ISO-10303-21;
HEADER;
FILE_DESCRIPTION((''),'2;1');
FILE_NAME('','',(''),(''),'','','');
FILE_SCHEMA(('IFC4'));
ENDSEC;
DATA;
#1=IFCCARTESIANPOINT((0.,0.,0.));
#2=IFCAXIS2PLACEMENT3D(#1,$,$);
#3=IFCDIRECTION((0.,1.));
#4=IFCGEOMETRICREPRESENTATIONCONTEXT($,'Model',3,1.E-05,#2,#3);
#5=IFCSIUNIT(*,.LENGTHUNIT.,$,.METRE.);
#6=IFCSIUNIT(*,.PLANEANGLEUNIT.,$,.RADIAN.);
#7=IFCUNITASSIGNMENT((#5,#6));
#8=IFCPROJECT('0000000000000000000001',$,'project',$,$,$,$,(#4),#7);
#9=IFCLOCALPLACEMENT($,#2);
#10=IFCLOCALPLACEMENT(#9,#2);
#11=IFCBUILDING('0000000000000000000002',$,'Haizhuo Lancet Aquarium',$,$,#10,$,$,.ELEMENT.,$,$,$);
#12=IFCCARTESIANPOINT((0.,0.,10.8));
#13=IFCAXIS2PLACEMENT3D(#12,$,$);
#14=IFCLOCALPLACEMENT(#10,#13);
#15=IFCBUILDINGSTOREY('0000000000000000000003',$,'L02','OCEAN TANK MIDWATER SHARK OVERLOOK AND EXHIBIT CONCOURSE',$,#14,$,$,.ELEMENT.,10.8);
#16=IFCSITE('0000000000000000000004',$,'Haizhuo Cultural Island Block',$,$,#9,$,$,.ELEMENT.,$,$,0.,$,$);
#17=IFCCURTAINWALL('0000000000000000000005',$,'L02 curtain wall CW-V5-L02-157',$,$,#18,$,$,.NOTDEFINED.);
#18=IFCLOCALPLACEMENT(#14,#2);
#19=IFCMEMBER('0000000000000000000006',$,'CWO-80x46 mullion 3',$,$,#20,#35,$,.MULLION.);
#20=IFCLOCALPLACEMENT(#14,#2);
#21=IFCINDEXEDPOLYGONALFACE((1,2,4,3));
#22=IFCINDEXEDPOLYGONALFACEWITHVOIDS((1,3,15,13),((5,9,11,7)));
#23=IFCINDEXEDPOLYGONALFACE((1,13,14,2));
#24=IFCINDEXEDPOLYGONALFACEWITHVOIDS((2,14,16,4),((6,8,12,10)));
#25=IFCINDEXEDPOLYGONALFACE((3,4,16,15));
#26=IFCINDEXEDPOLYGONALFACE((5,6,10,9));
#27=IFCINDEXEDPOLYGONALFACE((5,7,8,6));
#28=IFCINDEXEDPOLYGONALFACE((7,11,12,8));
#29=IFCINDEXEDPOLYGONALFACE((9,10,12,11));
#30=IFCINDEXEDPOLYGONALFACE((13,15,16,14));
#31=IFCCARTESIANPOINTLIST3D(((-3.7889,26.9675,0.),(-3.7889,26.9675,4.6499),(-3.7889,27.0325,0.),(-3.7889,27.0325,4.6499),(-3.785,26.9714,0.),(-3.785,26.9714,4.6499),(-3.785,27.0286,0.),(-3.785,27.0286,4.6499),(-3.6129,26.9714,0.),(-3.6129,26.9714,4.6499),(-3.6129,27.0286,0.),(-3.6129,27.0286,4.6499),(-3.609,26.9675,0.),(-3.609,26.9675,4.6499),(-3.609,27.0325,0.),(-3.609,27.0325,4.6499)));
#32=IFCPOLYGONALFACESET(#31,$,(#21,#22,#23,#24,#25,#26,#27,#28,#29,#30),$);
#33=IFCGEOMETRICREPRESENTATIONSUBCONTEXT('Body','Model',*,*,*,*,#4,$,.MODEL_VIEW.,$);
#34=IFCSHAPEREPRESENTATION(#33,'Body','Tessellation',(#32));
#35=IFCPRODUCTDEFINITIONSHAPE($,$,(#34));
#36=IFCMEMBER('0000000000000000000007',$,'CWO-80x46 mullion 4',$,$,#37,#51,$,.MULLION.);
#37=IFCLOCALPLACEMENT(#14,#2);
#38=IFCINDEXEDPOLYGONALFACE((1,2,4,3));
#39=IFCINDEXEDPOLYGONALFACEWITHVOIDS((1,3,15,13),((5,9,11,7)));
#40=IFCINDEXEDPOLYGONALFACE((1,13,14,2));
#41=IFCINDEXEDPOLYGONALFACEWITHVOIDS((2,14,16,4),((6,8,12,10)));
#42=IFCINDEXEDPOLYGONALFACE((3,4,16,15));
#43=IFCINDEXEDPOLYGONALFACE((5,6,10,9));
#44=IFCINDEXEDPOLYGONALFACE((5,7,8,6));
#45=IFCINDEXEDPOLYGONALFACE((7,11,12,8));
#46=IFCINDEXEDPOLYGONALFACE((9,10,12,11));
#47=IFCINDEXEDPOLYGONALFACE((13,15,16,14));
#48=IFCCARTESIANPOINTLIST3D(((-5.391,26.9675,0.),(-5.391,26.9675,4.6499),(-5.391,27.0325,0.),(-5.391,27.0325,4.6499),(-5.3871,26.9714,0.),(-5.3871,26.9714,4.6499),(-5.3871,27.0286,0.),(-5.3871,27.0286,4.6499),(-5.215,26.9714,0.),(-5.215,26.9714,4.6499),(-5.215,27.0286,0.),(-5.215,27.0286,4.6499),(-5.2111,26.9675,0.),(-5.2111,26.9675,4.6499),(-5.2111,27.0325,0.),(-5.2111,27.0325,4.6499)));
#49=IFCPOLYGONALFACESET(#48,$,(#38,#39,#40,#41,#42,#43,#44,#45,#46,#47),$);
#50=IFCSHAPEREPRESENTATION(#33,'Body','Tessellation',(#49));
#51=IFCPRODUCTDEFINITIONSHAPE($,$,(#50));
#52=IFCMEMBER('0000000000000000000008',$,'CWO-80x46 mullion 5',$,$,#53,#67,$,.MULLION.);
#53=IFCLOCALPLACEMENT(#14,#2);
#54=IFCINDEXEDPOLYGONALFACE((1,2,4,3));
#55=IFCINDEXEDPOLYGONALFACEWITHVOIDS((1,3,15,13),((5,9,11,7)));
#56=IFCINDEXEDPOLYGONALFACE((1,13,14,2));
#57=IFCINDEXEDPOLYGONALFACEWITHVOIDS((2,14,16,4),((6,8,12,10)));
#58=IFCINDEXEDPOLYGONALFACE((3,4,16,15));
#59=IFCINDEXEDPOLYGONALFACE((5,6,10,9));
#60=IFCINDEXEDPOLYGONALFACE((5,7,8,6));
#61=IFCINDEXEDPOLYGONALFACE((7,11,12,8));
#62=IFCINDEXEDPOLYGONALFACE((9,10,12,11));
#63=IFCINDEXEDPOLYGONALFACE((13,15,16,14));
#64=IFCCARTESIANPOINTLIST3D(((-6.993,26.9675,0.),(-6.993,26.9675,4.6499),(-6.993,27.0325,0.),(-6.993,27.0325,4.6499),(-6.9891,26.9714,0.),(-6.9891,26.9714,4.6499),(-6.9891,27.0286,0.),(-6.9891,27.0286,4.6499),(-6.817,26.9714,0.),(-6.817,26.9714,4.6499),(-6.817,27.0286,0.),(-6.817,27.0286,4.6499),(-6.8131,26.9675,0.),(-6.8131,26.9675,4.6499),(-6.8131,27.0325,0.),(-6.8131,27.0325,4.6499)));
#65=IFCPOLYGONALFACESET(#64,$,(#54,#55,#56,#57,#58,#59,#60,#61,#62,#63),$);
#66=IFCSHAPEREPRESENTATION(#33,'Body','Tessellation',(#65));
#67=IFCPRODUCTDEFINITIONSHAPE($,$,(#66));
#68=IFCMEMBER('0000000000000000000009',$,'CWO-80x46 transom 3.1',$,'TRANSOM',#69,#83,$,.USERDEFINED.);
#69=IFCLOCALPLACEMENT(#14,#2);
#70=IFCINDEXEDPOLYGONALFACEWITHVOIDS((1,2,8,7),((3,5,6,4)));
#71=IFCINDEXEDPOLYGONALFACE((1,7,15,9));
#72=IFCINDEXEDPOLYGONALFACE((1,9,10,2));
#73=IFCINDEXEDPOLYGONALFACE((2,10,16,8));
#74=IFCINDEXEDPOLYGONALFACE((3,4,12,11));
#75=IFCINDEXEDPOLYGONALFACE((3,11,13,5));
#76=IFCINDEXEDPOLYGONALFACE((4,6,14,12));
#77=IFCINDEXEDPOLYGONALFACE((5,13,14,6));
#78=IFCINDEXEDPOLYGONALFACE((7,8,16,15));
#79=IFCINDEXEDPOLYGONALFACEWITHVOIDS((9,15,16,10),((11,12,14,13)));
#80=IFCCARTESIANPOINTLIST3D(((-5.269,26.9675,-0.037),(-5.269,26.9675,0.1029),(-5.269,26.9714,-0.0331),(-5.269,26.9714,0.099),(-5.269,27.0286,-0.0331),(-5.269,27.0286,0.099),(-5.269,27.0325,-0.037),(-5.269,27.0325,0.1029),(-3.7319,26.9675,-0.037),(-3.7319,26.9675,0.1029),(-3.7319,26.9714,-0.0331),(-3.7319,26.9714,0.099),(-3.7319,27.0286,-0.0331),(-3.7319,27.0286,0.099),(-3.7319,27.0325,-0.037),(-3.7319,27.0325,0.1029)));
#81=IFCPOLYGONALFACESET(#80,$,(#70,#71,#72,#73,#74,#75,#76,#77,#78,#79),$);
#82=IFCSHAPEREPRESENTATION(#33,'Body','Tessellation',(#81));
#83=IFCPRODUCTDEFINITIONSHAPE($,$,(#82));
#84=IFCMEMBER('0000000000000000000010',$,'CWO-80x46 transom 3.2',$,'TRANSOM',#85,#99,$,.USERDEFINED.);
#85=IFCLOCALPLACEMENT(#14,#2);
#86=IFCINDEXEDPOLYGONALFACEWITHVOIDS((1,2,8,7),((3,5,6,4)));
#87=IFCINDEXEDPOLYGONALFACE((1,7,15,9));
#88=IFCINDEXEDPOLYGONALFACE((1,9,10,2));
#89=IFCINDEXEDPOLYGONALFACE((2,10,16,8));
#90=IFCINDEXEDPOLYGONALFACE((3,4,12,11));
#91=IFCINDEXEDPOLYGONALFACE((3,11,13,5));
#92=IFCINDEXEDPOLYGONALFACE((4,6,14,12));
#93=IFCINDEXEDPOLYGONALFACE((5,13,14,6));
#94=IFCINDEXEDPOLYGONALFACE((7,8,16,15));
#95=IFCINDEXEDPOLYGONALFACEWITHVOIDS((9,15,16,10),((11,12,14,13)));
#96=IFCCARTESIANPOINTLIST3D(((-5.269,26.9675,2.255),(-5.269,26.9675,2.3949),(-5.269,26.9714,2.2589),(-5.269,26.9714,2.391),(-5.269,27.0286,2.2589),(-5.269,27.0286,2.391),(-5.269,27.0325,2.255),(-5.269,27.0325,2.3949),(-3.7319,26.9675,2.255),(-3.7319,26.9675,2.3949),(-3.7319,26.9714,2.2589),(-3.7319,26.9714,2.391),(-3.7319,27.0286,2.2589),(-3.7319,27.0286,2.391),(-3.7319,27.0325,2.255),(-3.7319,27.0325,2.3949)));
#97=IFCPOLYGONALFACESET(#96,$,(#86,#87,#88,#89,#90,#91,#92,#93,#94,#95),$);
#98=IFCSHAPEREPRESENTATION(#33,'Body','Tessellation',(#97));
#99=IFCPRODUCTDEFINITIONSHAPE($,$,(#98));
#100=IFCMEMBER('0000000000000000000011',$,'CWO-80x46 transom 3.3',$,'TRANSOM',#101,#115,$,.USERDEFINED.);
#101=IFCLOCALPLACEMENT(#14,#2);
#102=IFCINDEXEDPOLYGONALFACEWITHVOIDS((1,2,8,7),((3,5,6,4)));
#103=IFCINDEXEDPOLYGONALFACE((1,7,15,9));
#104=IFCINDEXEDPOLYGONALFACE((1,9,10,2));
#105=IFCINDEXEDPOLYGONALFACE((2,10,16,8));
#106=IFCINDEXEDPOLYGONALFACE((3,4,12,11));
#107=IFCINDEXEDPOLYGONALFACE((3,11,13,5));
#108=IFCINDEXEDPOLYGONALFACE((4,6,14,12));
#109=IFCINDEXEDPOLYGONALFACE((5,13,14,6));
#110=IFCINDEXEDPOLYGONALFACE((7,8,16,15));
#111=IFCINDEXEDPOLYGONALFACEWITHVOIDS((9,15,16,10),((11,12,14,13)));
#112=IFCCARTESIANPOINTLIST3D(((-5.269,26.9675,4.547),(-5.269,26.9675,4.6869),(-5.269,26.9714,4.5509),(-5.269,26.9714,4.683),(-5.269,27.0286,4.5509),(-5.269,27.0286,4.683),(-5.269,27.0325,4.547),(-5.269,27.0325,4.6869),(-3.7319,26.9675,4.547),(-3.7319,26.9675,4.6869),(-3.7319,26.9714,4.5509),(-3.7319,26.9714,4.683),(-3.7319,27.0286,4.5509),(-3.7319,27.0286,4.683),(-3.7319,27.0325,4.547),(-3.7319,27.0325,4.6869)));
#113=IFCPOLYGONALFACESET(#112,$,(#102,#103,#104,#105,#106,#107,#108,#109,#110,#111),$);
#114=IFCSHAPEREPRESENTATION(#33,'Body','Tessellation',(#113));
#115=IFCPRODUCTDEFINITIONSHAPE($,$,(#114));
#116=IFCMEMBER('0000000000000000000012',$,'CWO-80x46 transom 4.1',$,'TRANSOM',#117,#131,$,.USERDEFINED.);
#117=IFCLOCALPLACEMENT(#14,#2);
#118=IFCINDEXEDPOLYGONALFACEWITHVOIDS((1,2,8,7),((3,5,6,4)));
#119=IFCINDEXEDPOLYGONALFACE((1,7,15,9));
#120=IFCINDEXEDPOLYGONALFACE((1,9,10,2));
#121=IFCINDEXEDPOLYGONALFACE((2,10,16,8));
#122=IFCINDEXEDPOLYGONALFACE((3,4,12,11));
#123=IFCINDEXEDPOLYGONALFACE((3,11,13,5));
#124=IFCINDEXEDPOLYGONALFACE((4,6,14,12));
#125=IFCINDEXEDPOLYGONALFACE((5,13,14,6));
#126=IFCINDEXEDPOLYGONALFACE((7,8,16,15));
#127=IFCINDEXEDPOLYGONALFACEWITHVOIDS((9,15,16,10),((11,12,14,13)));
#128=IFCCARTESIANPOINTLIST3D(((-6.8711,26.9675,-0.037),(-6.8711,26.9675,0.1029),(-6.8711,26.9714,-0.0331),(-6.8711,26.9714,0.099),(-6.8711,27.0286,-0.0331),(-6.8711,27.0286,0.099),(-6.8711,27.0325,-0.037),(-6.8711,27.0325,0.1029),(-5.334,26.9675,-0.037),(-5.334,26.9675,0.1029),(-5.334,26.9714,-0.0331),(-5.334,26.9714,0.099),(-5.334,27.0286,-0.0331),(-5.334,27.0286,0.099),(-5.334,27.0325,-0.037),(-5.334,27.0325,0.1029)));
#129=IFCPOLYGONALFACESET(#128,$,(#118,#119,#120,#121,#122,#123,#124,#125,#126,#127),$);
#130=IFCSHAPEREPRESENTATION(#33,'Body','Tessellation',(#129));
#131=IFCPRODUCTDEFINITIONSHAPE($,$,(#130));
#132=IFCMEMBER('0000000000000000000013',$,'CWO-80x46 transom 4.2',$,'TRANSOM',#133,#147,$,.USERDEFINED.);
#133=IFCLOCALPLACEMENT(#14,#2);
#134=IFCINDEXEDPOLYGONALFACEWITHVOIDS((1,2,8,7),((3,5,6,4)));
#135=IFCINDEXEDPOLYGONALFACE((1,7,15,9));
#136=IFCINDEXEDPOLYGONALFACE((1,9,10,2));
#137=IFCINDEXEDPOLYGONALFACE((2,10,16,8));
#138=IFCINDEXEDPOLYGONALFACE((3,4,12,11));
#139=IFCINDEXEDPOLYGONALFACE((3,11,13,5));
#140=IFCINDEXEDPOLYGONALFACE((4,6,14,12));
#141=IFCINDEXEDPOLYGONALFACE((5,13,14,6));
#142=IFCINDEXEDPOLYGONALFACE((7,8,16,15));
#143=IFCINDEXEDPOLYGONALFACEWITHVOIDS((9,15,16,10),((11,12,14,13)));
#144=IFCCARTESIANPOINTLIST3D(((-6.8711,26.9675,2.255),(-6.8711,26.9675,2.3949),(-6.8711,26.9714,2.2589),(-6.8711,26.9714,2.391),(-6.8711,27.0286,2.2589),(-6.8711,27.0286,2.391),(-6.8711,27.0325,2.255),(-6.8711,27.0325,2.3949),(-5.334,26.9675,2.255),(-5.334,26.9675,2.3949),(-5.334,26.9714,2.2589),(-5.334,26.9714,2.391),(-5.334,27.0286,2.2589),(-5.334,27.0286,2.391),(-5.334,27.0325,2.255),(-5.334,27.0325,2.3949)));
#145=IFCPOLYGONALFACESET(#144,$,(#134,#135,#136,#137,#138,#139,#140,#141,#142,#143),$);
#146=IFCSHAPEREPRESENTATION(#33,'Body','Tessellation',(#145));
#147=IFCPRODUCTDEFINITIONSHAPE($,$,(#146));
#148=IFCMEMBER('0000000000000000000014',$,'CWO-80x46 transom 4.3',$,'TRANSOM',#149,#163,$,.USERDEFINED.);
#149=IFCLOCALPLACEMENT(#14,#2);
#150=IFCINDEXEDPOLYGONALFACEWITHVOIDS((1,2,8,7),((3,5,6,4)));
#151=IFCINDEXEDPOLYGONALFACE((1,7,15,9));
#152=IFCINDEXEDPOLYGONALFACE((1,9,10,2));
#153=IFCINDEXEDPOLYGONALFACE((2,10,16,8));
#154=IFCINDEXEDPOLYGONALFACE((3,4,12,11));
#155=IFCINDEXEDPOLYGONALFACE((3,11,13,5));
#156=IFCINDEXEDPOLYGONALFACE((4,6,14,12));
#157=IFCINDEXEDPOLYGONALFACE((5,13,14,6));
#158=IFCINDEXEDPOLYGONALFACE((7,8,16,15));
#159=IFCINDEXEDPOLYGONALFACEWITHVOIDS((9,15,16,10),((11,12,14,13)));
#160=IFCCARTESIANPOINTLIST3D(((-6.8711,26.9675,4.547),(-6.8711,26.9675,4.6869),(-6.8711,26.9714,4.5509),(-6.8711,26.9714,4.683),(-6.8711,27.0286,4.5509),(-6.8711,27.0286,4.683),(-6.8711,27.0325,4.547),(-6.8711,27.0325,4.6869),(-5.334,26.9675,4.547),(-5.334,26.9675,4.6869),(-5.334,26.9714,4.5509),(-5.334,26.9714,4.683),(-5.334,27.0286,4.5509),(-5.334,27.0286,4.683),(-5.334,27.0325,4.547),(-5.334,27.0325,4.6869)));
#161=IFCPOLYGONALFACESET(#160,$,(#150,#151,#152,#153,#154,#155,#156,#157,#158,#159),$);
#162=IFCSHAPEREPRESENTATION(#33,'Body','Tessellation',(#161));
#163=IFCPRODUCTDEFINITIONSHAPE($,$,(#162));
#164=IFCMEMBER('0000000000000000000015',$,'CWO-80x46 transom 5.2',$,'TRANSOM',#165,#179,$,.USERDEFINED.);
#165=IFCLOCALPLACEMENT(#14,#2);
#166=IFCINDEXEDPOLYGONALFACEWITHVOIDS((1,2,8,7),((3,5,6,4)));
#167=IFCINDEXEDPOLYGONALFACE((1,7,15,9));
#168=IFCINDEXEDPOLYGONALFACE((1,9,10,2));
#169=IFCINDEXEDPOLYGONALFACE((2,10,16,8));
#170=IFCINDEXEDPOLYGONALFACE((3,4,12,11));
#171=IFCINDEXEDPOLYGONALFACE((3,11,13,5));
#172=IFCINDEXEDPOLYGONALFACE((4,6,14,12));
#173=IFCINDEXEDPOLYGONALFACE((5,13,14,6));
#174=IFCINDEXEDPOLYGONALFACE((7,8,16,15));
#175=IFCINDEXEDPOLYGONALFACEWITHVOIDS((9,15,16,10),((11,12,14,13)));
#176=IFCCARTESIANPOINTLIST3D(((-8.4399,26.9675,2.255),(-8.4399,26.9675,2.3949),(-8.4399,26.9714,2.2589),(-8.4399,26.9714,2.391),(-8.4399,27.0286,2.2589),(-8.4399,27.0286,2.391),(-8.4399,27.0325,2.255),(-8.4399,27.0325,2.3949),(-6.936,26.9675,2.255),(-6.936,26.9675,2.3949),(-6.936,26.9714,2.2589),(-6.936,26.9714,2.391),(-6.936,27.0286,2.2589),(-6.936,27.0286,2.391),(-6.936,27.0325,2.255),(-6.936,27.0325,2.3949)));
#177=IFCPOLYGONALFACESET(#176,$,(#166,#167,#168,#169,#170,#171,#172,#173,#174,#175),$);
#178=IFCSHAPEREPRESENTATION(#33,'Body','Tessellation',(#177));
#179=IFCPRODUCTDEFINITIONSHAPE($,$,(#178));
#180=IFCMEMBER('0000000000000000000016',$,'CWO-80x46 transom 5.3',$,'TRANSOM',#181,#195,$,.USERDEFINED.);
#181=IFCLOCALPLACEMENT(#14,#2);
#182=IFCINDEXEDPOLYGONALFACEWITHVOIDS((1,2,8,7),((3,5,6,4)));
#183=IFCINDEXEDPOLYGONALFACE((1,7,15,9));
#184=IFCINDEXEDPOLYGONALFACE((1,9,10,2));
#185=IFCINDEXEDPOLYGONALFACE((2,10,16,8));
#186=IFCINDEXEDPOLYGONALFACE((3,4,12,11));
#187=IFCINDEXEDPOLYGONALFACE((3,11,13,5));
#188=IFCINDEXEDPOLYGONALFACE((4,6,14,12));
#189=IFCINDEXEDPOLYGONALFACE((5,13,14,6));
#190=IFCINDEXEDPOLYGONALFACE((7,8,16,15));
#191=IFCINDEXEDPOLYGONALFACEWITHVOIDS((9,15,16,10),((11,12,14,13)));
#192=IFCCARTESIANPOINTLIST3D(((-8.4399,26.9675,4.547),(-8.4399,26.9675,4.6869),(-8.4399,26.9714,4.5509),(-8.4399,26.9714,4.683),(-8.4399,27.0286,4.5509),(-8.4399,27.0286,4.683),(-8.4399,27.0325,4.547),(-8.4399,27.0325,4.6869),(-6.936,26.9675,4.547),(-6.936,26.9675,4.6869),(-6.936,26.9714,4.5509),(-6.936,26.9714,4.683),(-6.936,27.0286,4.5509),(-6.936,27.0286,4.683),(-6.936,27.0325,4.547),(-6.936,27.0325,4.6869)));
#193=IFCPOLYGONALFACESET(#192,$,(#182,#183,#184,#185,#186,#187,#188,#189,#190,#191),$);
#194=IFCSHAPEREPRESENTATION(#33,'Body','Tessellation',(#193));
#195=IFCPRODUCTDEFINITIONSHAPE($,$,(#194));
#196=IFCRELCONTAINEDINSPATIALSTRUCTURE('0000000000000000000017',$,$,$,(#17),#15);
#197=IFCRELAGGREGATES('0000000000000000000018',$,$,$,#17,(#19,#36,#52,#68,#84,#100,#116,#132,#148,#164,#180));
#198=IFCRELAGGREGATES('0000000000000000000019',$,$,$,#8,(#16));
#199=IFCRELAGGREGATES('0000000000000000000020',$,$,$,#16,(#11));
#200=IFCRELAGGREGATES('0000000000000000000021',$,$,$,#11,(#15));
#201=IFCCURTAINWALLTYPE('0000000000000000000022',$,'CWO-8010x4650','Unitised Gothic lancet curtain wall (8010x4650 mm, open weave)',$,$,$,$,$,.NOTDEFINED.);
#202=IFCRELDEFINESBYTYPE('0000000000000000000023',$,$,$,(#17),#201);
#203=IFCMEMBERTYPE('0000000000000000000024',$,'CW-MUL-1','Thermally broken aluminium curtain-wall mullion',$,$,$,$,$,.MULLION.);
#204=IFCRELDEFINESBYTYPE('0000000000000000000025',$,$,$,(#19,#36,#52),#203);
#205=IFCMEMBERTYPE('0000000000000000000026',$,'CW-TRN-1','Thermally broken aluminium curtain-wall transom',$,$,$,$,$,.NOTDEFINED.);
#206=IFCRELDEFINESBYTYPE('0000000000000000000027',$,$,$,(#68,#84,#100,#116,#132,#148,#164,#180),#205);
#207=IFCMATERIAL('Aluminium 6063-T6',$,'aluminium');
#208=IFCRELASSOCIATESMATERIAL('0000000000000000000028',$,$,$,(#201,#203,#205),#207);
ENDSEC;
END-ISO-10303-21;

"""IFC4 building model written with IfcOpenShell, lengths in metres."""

from ifc_helpers import new_model, si_unit, direction, frame, origin, origin_2d, place, context, subcontext, project, spatial, hollow_rectangle, extrude, material, material_profile, profile_set, type_object, element, aggregate, save


model = new_model("IFC4")

# Units and contexts
model_context = context("Model", 3, precision=1e-05, world=origin(), true_north=direction((0.0, 1.0)))
body_context = subcontext(model_context, "Body", "Model", "MODEL_VIEW")
ifc_project = project(units=[si_unit("LENGTHUNIT", "METRE"), si_unit("PLANEANGLEUNIT", "RADIAN")], contexts=[model_context])

# Site, building, storey
site_placement = place(None, origin())
site = spatial("IfcSite", under=ifc_project, at=site_placement, Name="Haizhuo Cultural Island Block", CompositionType="ELEMENT", RefElevation=0.0)
building_placement = place(site_placement, origin())
building = spatial("IfcBuilding", under=site, at=building_placement, Name="Haizhuo Lancet Aquarium", CompositionType="ELEMENT")
storey_placement = place(building_placement, frame((0.0, 0.0, 10.8)))
storey = spatial("IfcBuildingStorey", under=building, at=storey_placement, Name="L02", Description="OCEAN TANK MIDWATER SHARK OVERLOOK AND EXHIBIT CONCOURSE", CompositionType="ELEMENT", Elevation=10.8)

# Curtain wall, members
ifc_material_1 = material(Name="Aluminium 6063-T6", Category="aluminium")
curtain_wall_type = type_object("IfcCurtainWallType", Name="CWO-8010x4650", Description="Unitised Gothic lancet curtain wall (8010x4650 mm, open weave)", PredefinedType="NOTDEFINED", material=ifc_material_1)
curtain_wall_placement = place(storey_placement, origin())
curtain_wall = element("IfcCurtainWall", 1, at=curtain_wall_placement, inside=storey, type_object=curtain_wall_type, Name="L02 curtain wall CW-V5-L02-157", PredefinedType="NOTDEFINED")
ifc_material_profile_1 = material_profile(ifc_material_1, hollow_rectangle(XDim=0.0649, YDim=0.1799, WallThickness=0.0039, at=origin_2d()), Name="ALU-M 65x180x4")
ifc_profile_set_1 = profile_set([ifc_material_profile_1], Name="Aluminium 6063-T6")
member_type_1 = type_object("IfcMemberType", Name="CW-MUL-1", Description="Thermally broken aluminium curtain-wall mullion", PredefinedType="MULLION", material=ifc_profile_set_1)
member_1_placement = place(storey_placement, frame((-3.699, 27.0, 0.0), z_axis=(0.0, 0.0, 1.0), x_axis=(0.0, -1.0, 0.0)))
member_1 = element("IfcMember", 2, at=member_1_placement, type_object=member_type_1, Name="CWO-80x46 mullion 3", PredefinedType="MULLION", context=body_context, shape_type="SweptSolid", body=[
    extrude(hollow_rectangle(XDim=0.0649, YDim=0.1799, WallThickness=0.0039, at=origin_2d()), origin(), (0.0, 0.0, 1.0), 4.6499),
])
member_2_placement = place(storey_placement, frame((-5.301, 27.0, 0.0), z_axis=(0.0, 0.0, 1.0), x_axis=(0.0, -1.0, 0.0)))
member_2 = element("IfcMember", 3, at=member_2_placement, type_object=member_type_1, Name="CWO-80x46 mullion 4", PredefinedType="MULLION", context=body_context, shape_type="SweptSolid", body=[
    extrude(hollow_rectangle(XDim=0.0649, YDim=0.1799, WallThickness=0.0039, at=origin_2d()), origin(), (0.0, 0.0, 1.0), 4.6499),
])
member_3_placement = place(storey_placement, frame((-6.9031, 27.0, 0.0), z_axis=(0.0, 0.0, 1.0), x_axis=(0.0, -1.0, 0.0)))
member_3 = element("IfcMember", 4, at=member_3_placement, type_object=member_type_1, Name="CWO-80x46 mullion 5", PredefinedType="MULLION", context=body_context, shape_type="SweptSolid", body=[
    extrude(hollow_rectangle(XDim=0.0649, YDim=0.1799, WallThickness=0.0039, at=origin_2d()), origin(), (0.0, 0.0, 1.0), 4.6499),
])
ifc_material_profile_2 = material_profile(ifc_material_1, hollow_rectangle(XDim=0.0649, YDim=0.1399, WallThickness=0.0039, at=origin_2d()), Name="ALU-T 65x140x4")
ifc_profile_set_2 = profile_set([ifc_material_profile_2], Name="Aluminium 6063-T6")
member_type_2 = type_object("IfcMemberType", Name="CW-TRN-1", Description="Thermally broken aluminium curtain-wall transom", PredefinedType="NOTDEFINED", material=ifc_profile_set_2)
member_4_placement = place(storey_placement, frame((-3.7319, 27.0, 0.033), z_axis=(-1.0, 0.0, 0.0), x_axis=(0.0, -1.0, 0.0)))
member_4 = element("IfcMember", 5, at=member_4_placement, type_object=member_type_2, Name="CWO-80x46 transom 3.1", ObjectType="TRANSOM", PredefinedType="USERDEFINED", context=body_context, shape_type="SweptSolid", body=[
    extrude(hollow_rectangle(XDim=0.0649, YDim=0.1399, WallThickness=0.0039, at=origin_2d()), origin(), (0.0, 0.0, 1.0), 1.5371),
])
member_5_placement = place(storey_placement, frame((-3.7319, 27.0, 2.325), z_axis=(-1.0, 0.0, 0.0), x_axis=(0.0, -1.0, 0.0)))
member_5 = element("IfcMember", 6, at=member_5_placement, type_object=member_type_2, Name="CWO-80x46 transom 3.2", ObjectType="TRANSOM", PredefinedType="USERDEFINED", context=body_context, shape_type="SweptSolid", body=[
    extrude(hollow_rectangle(XDim=0.0649, YDim=0.1399, WallThickness=0.0039, at=origin_2d()), origin(), (0.0, 0.0, 1.0), 1.5371),
])
member_6_placement = place(storey_placement, frame((-3.7319, 27.0, 4.6169), z_axis=(-1.0, 0.0, 0.0), x_axis=(0.0, -1.0, 0.0)))
member_6 = element("IfcMember", 7, at=member_6_placement, type_object=member_type_2, Name="CWO-80x46 transom 3.3", ObjectType="TRANSOM", PredefinedType="USERDEFINED", context=body_context, shape_type="SweptSolid", body=[
    extrude(hollow_rectangle(XDim=0.0649, YDim=0.1399, WallThickness=0.0039, at=origin_2d()), origin(), (0.0, 0.0, 1.0), 1.5371),
])
member_7_placement = place(storey_placement, frame((-5.334, 27.0, 0.033), z_axis=(-1.0, 0.0, 0.0), x_axis=(0.0, -1.0, 0.0)))
member_7 = element("IfcMember", 8, at=member_7_placement, type_object=member_type_2, Name="CWO-80x46 transom 4.1", ObjectType="TRANSOM", PredefinedType="USERDEFINED", context=body_context, shape_type="SweptSolid", body=[
    extrude(hollow_rectangle(XDim=0.0649, YDim=0.1399, WallThickness=0.0039, at=origin_2d()), origin(), (0.0, 0.0, 1.0), 1.5371),
])
member_8_placement = place(storey_placement, frame((-5.334, 27.0, 2.325), z_axis=(-1.0, 0.0, 0.0), x_axis=(0.0, -1.0, 0.0)))
member_8 = element("IfcMember", 9, at=member_8_placement, type_object=member_type_2, Name="CWO-80x46 transom 4.2", ObjectType="TRANSOM", PredefinedType="USERDEFINED", context=body_context, shape_type="SweptSolid", body=[
    extrude(hollow_rectangle(XDim=0.0649, YDim=0.1399, WallThickness=0.0039, at=origin_2d()), origin(), (0.0, 0.0, 1.0), 1.5371),
])
member_9_placement = place(storey_placement, frame((-5.334, 27.0, 4.6169), z_axis=(-1.0, 0.0, 0.0), x_axis=(0.0, -1.0, 0.0)))
member_9 = element("IfcMember", 10, at=member_9_placement, type_object=member_type_2, Name="CWO-80x46 transom 4.3", ObjectType="TRANSOM", PredefinedType="USERDEFINED", context=body_context, shape_type="SweptSolid", body=[
    extrude(hollow_rectangle(XDim=0.0649, YDim=0.1399, WallThickness=0.0039, at=origin_2d()), origin(), (0.0, 0.0, 1.0), 1.5371),
])
member_10_placement = place(storey_placement, frame((-6.936, 27.0, 2.325), z_axis=(-1.0, 0.0, 0.0), x_axis=(0.0, -1.0, 0.0)))
member_10 = element("IfcMember", 11, at=member_10_placement, type_object=member_type_2, Name="CWO-80x46 transom 5.2", ObjectType="TRANSOM", PredefinedType="USERDEFINED", context=body_context, shape_type="SweptSolid", body=[
    extrude(hollow_rectangle(XDim=0.0649, YDim=0.1399, WallThickness=0.0039, at=origin_2d()), origin(), (0.0, 0.0, 1.0), 1.5039),
])
member_11_placement = place(storey_placement, frame((-6.936, 27.0, 4.6169), z_axis=(-1.0, 0.0, 0.0), x_axis=(0.0, -1.0, 0.0)))
member_11 = element("IfcMember", 12, at=member_11_placement, type_object=member_type_2, Name="CWO-80x46 transom 5.3", ObjectType="TRANSOM", PredefinedType="USERDEFINED", context=body_context, shape_type="SweptSolid", body=[
    extrude(hollow_rectangle(XDim=0.0649, YDim=0.1399, WallThickness=0.0039, at=origin_2d()), origin(), (0.0, 0.0, 1.0), 1.5039),
])

aggregate(curtain_wall, [member_1, member_2, member_3, member_4, member_5, member_6, member_7, member_8, member_9, member_10, member_11])

save(model, "model.ifc")
